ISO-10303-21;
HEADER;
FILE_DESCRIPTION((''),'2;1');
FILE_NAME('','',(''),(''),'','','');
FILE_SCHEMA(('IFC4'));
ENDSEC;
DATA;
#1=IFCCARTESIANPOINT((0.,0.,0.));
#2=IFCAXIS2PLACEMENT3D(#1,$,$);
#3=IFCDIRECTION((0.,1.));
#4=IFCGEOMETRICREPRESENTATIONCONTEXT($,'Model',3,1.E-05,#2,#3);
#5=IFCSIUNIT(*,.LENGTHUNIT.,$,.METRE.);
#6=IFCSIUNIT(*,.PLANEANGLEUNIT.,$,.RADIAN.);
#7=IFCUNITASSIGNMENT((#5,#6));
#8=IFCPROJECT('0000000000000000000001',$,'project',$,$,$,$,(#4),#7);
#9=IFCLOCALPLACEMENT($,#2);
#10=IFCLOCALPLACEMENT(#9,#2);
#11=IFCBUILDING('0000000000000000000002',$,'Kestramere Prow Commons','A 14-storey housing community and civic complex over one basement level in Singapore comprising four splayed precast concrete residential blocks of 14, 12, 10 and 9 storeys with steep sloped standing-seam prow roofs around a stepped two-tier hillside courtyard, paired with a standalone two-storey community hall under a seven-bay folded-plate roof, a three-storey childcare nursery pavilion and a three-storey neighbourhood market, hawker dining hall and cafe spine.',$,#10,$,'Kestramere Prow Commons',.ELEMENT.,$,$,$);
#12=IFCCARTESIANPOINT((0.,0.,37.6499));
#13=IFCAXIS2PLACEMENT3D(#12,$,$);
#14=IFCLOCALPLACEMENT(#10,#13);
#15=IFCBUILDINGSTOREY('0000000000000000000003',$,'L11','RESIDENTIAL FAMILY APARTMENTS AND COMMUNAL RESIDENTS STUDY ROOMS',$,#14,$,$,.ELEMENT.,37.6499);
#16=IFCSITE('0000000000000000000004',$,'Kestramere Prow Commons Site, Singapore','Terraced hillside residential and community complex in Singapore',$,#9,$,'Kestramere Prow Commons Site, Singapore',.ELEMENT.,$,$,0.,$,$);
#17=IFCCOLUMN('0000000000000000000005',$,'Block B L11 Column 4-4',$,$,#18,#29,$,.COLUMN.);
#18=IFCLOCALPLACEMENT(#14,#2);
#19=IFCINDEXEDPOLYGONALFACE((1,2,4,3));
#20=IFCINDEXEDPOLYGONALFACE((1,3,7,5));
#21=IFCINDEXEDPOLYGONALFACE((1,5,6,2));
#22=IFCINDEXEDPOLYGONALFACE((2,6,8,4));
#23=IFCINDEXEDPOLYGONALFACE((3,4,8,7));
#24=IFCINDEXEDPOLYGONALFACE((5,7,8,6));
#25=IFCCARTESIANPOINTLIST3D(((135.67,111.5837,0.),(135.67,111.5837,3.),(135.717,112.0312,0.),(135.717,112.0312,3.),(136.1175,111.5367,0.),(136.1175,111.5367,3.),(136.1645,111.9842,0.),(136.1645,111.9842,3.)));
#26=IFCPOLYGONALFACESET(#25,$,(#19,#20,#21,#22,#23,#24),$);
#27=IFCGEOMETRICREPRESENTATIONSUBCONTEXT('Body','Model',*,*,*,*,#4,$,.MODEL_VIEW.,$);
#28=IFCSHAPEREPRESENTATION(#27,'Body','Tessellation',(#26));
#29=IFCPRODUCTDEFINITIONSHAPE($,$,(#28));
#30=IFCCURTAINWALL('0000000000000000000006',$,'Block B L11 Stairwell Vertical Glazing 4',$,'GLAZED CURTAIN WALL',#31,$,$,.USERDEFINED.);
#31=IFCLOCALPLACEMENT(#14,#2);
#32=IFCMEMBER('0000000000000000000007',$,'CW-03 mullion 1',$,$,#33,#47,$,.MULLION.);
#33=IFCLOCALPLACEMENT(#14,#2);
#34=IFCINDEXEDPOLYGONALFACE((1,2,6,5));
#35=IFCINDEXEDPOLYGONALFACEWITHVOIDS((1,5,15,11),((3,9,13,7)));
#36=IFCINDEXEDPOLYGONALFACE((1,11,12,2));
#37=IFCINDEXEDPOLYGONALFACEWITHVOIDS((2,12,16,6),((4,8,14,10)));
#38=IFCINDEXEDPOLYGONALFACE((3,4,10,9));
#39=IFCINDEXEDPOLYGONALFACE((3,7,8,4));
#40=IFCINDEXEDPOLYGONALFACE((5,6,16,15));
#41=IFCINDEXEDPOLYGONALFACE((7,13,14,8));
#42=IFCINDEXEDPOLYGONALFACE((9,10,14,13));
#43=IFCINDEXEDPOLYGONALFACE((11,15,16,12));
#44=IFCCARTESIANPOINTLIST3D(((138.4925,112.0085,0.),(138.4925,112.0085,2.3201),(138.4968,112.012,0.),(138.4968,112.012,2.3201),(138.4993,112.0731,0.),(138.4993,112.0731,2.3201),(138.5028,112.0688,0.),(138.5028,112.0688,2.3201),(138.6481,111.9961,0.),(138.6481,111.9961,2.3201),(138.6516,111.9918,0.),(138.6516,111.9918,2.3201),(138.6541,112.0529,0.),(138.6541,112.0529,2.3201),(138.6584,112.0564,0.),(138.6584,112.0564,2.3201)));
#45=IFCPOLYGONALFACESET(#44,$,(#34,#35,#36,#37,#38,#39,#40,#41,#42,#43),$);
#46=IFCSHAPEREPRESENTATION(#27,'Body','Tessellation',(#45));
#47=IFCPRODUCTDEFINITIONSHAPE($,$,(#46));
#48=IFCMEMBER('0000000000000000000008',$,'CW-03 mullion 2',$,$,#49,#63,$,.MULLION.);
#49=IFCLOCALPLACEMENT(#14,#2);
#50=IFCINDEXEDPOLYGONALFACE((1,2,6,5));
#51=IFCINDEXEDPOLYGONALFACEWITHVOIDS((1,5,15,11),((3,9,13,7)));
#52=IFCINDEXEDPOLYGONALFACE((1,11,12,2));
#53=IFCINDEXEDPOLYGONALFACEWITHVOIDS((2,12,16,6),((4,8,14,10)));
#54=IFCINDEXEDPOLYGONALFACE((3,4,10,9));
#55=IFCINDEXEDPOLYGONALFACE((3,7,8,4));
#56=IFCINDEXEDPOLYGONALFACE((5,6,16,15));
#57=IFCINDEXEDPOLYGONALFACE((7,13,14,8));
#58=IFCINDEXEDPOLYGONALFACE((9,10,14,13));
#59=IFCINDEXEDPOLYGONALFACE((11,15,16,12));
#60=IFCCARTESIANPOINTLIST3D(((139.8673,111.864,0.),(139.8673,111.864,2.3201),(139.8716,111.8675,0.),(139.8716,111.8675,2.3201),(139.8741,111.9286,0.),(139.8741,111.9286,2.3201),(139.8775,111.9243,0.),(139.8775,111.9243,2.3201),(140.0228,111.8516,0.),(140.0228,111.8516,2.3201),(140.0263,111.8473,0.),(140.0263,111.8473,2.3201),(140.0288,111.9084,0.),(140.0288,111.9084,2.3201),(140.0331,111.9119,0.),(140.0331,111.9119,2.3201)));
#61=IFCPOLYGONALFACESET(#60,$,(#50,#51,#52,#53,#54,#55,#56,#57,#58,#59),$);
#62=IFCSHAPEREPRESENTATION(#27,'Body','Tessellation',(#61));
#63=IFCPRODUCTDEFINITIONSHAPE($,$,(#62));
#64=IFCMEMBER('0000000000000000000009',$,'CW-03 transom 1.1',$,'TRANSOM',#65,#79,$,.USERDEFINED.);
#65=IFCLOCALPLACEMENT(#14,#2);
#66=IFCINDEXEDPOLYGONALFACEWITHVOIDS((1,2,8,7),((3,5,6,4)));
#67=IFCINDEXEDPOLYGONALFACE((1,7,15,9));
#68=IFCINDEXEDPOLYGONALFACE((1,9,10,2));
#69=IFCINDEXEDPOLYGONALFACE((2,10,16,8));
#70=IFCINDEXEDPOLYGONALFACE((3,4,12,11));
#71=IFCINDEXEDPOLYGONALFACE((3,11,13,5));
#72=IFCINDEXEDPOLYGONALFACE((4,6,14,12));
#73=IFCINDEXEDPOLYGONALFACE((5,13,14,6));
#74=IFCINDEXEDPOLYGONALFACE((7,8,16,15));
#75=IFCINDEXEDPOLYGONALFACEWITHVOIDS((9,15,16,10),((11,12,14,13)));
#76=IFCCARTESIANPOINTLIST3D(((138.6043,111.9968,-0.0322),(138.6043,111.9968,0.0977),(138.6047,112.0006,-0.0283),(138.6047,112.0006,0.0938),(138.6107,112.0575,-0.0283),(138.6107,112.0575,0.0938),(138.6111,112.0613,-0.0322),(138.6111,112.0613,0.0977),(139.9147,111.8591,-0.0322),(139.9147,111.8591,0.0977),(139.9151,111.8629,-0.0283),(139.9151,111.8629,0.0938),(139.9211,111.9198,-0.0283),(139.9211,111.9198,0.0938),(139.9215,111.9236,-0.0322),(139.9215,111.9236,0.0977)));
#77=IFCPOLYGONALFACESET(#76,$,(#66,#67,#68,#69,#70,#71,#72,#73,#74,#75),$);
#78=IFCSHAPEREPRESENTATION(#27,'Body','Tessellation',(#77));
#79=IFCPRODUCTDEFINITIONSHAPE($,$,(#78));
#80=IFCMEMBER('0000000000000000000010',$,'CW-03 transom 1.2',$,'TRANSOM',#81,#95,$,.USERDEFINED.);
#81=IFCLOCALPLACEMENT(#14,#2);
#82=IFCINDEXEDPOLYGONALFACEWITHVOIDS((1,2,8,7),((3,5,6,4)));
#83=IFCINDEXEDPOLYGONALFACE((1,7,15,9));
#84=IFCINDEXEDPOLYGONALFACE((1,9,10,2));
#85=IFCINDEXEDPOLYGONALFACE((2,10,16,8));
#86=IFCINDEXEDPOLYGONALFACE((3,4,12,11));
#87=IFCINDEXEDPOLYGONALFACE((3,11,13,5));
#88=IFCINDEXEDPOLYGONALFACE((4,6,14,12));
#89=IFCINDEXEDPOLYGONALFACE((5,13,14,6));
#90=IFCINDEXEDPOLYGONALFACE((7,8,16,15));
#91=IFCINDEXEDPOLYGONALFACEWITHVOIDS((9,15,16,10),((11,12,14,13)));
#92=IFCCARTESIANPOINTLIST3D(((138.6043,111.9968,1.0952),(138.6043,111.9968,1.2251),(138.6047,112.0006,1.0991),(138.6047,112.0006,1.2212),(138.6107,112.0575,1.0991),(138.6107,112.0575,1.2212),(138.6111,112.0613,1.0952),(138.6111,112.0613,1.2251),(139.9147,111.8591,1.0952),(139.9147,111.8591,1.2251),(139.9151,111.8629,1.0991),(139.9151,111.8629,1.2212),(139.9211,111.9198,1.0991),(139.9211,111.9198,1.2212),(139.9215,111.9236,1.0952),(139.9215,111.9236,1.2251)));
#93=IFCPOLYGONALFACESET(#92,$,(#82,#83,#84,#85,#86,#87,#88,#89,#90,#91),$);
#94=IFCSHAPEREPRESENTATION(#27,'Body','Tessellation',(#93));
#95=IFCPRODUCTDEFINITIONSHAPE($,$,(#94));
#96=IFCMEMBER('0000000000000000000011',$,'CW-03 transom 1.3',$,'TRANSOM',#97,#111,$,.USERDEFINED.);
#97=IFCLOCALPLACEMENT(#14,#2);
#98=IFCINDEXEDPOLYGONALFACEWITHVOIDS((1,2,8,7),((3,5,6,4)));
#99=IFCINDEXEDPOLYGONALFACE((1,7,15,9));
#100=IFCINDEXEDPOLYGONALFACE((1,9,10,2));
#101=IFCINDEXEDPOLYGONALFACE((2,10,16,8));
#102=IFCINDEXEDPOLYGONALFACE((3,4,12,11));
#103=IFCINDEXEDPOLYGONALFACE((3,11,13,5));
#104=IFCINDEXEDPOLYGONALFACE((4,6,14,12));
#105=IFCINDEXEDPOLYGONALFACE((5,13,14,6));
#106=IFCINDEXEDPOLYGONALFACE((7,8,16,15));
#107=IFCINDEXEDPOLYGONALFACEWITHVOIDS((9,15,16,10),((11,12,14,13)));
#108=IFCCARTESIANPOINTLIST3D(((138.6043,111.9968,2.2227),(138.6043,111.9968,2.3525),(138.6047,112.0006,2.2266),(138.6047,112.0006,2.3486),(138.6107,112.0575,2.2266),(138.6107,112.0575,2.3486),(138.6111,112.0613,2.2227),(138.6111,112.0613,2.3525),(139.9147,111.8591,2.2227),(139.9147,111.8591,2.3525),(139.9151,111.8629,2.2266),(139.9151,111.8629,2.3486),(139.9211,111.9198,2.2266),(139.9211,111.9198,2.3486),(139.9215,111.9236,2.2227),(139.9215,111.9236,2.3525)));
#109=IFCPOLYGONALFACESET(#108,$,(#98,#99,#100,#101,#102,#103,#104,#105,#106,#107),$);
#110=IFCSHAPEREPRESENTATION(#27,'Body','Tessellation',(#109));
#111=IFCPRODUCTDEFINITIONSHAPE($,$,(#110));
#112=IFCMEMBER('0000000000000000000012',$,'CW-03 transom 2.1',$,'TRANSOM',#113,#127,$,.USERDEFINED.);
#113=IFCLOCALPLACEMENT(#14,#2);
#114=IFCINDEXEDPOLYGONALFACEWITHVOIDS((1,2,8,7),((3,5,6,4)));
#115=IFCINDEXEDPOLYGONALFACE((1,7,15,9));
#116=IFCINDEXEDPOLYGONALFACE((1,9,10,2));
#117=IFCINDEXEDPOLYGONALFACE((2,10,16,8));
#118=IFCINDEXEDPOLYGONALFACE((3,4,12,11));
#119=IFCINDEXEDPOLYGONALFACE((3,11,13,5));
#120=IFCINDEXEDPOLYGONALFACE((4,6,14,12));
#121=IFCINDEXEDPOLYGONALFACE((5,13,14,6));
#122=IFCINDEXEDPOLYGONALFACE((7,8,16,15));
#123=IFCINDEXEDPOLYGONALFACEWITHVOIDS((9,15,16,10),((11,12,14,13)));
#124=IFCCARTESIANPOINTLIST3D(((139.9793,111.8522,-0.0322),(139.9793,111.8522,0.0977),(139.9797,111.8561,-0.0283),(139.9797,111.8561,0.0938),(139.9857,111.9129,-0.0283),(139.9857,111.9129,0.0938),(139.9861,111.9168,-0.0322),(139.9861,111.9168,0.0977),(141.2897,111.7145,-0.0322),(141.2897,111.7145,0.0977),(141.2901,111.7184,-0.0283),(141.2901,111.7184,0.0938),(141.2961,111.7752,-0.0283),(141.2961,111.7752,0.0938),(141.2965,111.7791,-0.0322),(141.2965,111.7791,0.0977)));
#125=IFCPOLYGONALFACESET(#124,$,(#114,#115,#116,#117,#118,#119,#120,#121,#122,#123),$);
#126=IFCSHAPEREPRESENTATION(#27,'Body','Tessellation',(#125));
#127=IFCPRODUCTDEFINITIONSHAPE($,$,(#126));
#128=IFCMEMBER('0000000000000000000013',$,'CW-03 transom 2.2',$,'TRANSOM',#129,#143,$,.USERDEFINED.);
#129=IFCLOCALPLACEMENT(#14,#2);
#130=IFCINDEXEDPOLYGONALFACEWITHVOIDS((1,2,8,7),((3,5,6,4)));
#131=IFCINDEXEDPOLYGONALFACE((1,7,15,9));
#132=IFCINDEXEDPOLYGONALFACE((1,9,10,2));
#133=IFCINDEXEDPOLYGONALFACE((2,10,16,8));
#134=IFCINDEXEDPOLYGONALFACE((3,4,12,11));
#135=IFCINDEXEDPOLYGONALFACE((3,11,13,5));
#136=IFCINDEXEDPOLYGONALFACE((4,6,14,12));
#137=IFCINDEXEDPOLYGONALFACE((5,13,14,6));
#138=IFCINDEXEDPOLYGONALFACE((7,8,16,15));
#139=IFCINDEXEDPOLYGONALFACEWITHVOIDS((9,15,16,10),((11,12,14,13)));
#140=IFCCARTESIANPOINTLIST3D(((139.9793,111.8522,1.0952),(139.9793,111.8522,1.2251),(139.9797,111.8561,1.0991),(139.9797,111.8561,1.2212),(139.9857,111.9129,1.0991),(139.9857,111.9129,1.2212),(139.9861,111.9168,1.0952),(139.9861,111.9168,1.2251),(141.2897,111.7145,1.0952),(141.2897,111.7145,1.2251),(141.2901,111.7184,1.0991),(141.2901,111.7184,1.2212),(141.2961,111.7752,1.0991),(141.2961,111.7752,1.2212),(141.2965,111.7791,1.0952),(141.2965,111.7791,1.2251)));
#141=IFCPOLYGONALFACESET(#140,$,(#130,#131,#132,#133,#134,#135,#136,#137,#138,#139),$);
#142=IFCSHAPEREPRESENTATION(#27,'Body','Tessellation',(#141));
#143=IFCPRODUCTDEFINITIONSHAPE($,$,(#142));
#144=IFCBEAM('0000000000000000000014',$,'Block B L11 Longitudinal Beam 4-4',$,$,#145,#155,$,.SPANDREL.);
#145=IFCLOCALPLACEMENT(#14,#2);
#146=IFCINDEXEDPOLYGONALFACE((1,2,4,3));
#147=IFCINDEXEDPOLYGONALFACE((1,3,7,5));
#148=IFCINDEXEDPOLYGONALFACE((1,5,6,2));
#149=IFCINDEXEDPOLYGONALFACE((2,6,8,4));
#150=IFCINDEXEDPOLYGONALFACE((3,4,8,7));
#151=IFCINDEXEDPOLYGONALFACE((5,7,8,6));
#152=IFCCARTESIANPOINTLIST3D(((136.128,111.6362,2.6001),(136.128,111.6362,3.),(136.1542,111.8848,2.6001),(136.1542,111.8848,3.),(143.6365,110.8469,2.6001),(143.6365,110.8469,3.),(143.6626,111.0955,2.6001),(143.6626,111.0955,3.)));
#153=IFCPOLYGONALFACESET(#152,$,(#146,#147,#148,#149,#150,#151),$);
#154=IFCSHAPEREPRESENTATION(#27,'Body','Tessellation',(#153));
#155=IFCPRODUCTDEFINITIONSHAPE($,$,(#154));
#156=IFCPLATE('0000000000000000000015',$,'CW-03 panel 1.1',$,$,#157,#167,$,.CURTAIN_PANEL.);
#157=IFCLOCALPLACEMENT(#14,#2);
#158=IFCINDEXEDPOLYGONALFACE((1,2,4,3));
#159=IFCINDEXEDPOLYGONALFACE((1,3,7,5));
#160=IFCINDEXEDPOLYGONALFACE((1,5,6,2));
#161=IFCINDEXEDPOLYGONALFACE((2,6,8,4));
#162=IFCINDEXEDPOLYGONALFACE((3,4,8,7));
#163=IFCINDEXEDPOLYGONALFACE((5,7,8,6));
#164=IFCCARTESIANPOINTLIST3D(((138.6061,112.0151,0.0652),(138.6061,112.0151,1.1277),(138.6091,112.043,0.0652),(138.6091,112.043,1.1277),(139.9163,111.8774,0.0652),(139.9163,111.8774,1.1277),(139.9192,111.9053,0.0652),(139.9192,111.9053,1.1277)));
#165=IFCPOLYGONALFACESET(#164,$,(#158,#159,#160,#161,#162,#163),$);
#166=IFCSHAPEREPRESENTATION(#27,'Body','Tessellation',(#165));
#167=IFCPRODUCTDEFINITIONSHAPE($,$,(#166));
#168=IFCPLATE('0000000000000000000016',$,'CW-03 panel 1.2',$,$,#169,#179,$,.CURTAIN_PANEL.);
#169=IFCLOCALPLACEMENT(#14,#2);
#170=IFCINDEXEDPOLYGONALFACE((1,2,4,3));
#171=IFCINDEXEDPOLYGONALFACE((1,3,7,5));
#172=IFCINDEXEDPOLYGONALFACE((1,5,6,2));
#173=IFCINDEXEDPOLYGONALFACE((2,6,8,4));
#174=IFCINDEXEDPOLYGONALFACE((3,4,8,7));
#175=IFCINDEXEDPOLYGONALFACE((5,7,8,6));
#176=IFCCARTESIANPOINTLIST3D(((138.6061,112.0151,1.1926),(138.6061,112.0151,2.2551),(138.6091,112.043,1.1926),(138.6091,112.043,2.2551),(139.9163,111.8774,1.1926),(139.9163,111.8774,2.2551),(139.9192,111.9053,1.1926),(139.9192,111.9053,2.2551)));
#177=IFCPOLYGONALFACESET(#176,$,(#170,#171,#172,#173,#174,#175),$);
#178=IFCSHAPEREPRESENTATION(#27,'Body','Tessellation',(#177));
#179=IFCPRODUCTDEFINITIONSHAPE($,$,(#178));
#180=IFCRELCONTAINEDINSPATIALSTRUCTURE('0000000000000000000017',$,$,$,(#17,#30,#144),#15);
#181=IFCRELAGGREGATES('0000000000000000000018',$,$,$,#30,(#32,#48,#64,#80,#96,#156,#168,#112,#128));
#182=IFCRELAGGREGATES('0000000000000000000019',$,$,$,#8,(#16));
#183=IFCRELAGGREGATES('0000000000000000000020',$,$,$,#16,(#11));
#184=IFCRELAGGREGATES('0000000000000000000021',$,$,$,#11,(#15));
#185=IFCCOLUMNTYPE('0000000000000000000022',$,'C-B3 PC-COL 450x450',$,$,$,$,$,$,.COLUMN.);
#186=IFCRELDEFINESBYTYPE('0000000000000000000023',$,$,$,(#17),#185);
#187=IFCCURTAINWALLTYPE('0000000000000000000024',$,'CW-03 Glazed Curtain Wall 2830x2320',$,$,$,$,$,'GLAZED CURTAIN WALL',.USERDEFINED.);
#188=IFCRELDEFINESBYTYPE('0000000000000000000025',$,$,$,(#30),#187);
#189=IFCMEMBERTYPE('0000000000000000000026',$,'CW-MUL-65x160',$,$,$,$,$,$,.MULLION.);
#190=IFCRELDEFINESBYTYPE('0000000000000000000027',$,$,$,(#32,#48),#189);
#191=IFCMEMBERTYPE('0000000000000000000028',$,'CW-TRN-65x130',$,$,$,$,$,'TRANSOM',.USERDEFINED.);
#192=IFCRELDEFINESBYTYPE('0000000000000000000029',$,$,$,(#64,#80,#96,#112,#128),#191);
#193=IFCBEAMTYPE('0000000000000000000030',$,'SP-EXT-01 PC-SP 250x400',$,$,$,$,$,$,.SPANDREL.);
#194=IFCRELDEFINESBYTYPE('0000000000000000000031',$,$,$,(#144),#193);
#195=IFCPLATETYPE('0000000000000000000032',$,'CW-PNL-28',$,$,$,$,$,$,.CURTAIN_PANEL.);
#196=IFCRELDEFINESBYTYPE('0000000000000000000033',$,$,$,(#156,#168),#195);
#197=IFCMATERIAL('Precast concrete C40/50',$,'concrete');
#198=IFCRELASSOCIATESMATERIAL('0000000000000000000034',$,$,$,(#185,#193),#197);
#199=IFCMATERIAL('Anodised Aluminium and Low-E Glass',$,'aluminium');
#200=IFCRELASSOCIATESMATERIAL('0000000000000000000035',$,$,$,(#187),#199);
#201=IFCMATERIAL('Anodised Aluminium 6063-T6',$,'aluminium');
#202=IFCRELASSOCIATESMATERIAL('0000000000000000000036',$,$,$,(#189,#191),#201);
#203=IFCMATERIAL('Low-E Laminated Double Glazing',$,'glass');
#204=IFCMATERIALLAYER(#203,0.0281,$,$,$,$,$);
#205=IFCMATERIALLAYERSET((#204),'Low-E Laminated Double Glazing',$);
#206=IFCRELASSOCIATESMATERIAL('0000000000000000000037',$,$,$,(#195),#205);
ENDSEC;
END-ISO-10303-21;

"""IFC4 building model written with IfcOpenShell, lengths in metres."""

from ifc_helpers import new_model, si_unit, direction, frame, origin, origin_2d, place, context, subcontext, project, spatial, rectangle, hollow_rectangle, extrude, material, layer, layer_set, material_profile, profile_set, type_object, element, aggregate, save


model = new_model("IFC4")

# Units and contexts
model_context = context("Model", 3, precision=1e-05, world=origin(), true_north=direction((0.0, 1.0)))
body_context = subcontext(model_context, "Body", "Model", "MODEL_VIEW")
ifc_project = project(units=[si_unit("LENGTHUNIT", "METRE"), si_unit("PLANEANGLEUNIT", "RADIAN")], contexts=[model_context])

# Site, building, storey
site_placement = place(None, origin())
site = spatial("IfcSite", under=ifc_project, at=site_placement, Name="Kestramere Prow Commons Site, Singapore", Description="Terraced hillside residential and community complex in Singapore", LongName="Kestramere Prow Commons Site, Singapore", CompositionType="ELEMENT", RefElevation=0.0)
building_placement = place(site_placement, origin())
building = spatial("IfcBuilding", under=site, at=building_placement, Name="Kestramere Prow Commons", Description="A 14-storey housing community and civic complex over one basement level in Singapore comprising four splayed precast concrete residential blocks of 14, 12, 10 and 9 storeys with steep sloped standing-seam prow roofs around a stepped two-tier hillside courtyard, paired with a standalone two-storey community hall under a seven-bay folded-plate roof, a three-storey childcare nursery pavilion and a three-storey neighbourhood market, hawker dining hall and cafe spine.", LongName="Kestramere Prow Commons", CompositionType="ELEMENT")
storey_placement = place(building_placement, frame((0.0, 0.0, 37.6499)))
storey = spatial("IfcBuildingStorey", under=building, at=storey_placement, Name="L11", Description="RESIDENTIAL FAMILY APARTMENTS AND COMMUNAL RESIDENTS STUDY ROOMS", CompositionType="ELEMENT", Elevation=37.6499)

# Column
ifc_material_1 = material(Name="Precast concrete C40/50", Category="concrete")
ifc_material_profile_1 = material_profile(ifc_material_1, rectangle(XDim=0.45, YDim=0.45, at=origin_2d()), Name="PC-COL 450x450")
ifc_profile_set_1 = profile_set([ifc_material_profile_1], Name="Precast concrete C40/50")
column_type = type_object("IfcColumnType", Name="C-B3 PC-COL 450x450", PredefinedType="COLUMN", material=ifc_profile_set_1)
column_placement = place(storey_placement, frame((135.9172, 111.7839, 0.0), z_axis=(0.0, 0.0, 1.0), x_axis=(0.994522, -0.104528, 0.0)))
element("IfcColumn", 1, at=column_placement, inside=storey, type_object=column_type, Name="Block B L11 Column 4-4", PredefinedType="COLUMN", context=body_context, shape_type="SweptSolid", body=[
    extrude(rectangle(XDim=0.45, YDim=0.45, at=origin_2d()), origin(), (0.0, 0.0, 1.0), 3.0),
])

# Curtain wall, members
ifc_material_2 = material(Name="Anodised Aluminium and Low-E Glass", Category="aluminium")
curtain_wall_type = type_object("IfcCurtainWallType", Name="CW-03 Glazed Curtain Wall 2830x2320", ElementType="GLAZED CURTAIN WALL", PredefinedType="USERDEFINED", material=ifc_material_2)
curtain_wall_placement = place(storey_placement, origin())
curtain_wall = element("IfcCurtainWall", 2, at=curtain_wall_placement, inside=storey, type_object=curtain_wall_type, Name="Block B L11 Stairwell Vertical Glazing 4", ObjectType="GLAZED CURTAIN WALL", PredefinedType="USERDEFINED")
ifc_material_3 = material(Name="Anodised Aluminium 6063-T6", Category="aluminium")
ifc_material_profile_2 = material_profile(ifc_material_3, hollow_rectangle(XDim=0.0649, YDim=0.1599, WallThickness=0.0039, at=origin_2d()), Name="ALU-MUL 65x160")
ifc_profile_set_2 = profile_set([ifc_material_profile_2], Name="Anodised Aluminium 6063-T6")
member_type_1 = type_object("IfcMemberType", Name="CW-MUL-65x160", PredefinedType="MULLION", material=ifc_profile_set_2)
member_1_placement = place(storey_placement, frame((138.5754, 112.0325, 0.0), z_axis=(0.0, 0.0, 1.0), x_axis=(0.104529, 0.994522, 0.0)))
member_1 = element("IfcMember", 3, at=member_1_placement, type_object=member_type_1, Name="CW-03 mullion 1", PredefinedType="MULLION", context=body_context, shape_type="SweptSolid", body=[
    extrude(hollow_rectangle(XDim=0.0649, YDim=0.1599, WallThickness=0.0039, at=origin_2d()), origin(), (0.0, 0.0, 1.0), 2.3201),
])
member_2_placement = place(storey_placement, frame((139.9502, 111.8879, 0.0), z_axis=(0.0, 0.0, 1.0), x_axis=(0.104529, 0.994522, 0.0)))
member_2 = element("IfcMember", 4, at=member_2_placement, type_object=member_type_1, Name="CW-03 mullion 2", PredefinedType="MULLION", context=body_context, shape_type="SweptSolid", body=[
    extrude(hollow_rectangle(XDim=0.0649, YDim=0.1599, WallThickness=0.0039, at=origin_2d()), origin(), (0.0, 0.0, 1.0), 2.3201),
])
ifc_material_profile_3 = material_profile(ifc_material_3, hollow_rectangle(XDim=0.0649, YDim=0.1299, WallThickness=0.0039, at=origin_2d()), Name="ALU-TRN 65x130")
ifc_profile_set_3 = profile_set([ifc_material_profile_3], Name="Anodised Aluminium 6063-T6")
member_type_2 = type_object("IfcMemberType", Name="CW-TRN-65x130", ElementType="TRANSOM", PredefinedType="USERDEFINED", material=ifc_profile_set_3)
member_3_placement = place(storey_placement, frame((138.6077, 112.0291, 0.0327), z_axis=(0.994524, -0.104511, 0.0), x_axis=(0.104511, 0.994524, 0.0)))
member_3 = element("IfcMember", 5, at=member_3_placement, type_object=member_type_2, Name="CW-03 transom 1.1", ObjectType="TRANSOM", PredefinedType="USERDEFINED", context=body_context, shape_type="SweptSolid", body=[
    extrude(hollow_rectangle(XDim=0.0649, YDim=0.1299, WallThickness=0.0039, at=origin_2d()), origin(), (0.0, 0.0, 1.0), 1.3176),
])
member_4_placement = place(storey_placement, frame((138.6077, 112.0291, 1.1602), z_axis=(0.994524, -0.104511, 0.0), x_axis=(0.104511, 0.994524, 0.0)))
member_4 = element("IfcMember", 6, at=member_4_placement, type_object=member_type_2, Name="CW-03 transom 1.2", ObjectType="TRANSOM", PredefinedType="USERDEFINED", context=body_context, shape_type="SweptSolid", body=[
    extrude(hollow_rectangle(XDim=0.0649, YDim=0.1299, WallThickness=0.0039, at=origin_2d()), origin(), (0.0, 0.0, 1.0), 1.3176),
])
member_5_placement = place(storey_placement, frame((138.6077, 112.0291, 2.2876), z_axis=(0.994524, -0.104511, 0.0), x_axis=(0.104511, 0.994524, 0.0)))
member_5 = element("IfcMember", 7, at=member_5_placement, type_object=member_type_2, Name="CW-03 transom 1.3", ObjectType="TRANSOM", PredefinedType="USERDEFINED", context=body_context, shape_type="SweptSolid", body=[
    extrude(hollow_rectangle(XDim=0.0649, YDim=0.1299, WallThickness=0.0039, at=origin_2d()), origin(), (0.0, 0.0, 1.0), 1.3176),
])
member_6_placement = place(storey_placement, frame((139.9827, 111.8845, 0.0327), z_axis=(0.994524, -0.104511, 0.0), x_axis=(0.104511, 0.994524, 0.0)))
member_6 = element("IfcMember", 8, at=member_6_placement, type_object=member_type_2, Name="CW-03 transom 2.1", ObjectType="TRANSOM", PredefinedType="USERDEFINED", context=body_context, shape_type="SweptSolid", body=[
    extrude(hollow_rectangle(XDim=0.0649, YDim=0.1299, WallThickness=0.0039, at=origin_2d()), origin(), (0.0, 0.0, 1.0), 1.3176),
])
member_7_placement = place(storey_placement, frame((139.9827, 111.8845, 1.1602), z_axis=(0.994524, -0.104511, 0.0), x_axis=(0.104511, 0.994524, 0.0)))
member_7 = element("IfcMember", 9, at=member_7_placement, type_object=member_type_2, Name="CW-03 transom 2.2", ObjectType="TRANSOM", PredefinedType="USERDEFINED", context=body_context, shape_type="SweptSolid", body=[
    extrude(hollow_rectangle(XDim=0.0649, YDim=0.1299, WallThickness=0.0039, at=origin_2d()), origin(), (0.0, 0.0, 1.0), 1.3176),
])

# Beam
ifc_material_profile_4 = material_profile(ifc_material_1, rectangle(XDim=0.25, YDim=0.3999, at=origin_2d()), Name="PC-SP 250x400")
ifc_profile_set_4 = profile_set([ifc_material_profile_4], Name="Precast concrete C40/50")
beam_type = type_object("IfcBeamType", Name="SP-EXT-01 PC-SP 250x400", PredefinedType="SPANDREL", material=ifc_profile_set_4)
beam_placement = place(storey_placement, frame((136.1411, 111.7605, 2.8), z_axis=(0.99452, -0.104545, 0.0), x_axis=(0.104545, 0.99452, 0.0)))
element("IfcBeam", 10, at=beam_placement, inside=storey, type_object=beam_type, Name="Block B L11 Longitudinal Beam 4-4", PredefinedType="SPANDREL", context=body_context, shape_type="SweptSolid", body=[
    extrude(rectangle(XDim=0.25, YDim=0.3999, at=origin_2d()), origin(), (0.0, 0.0, 1.0), 7.5498),
])

# Plates
ifc_material_4 = material(Name="Low-E Laminated Double Glazing", Category="glass")
ifc_layer_1 = layer(ifc_material_4, 0.0281)
ifc_layer_set_1 = layer_set([ifc_layer_1], Name="Low-E Laminated Double Glazing")
plate_type = type_object("IfcPlateType", Name="CW-PNL-28", PredefinedType="CURTAIN_PANEL", material=ifc_layer_set_1)
plate_1_placement = place(storey_placement, frame((139.2627, 111.9602, 0.0652), z_axis=(0.0, 0.0, 1.0), x_axis=(0.994522, -0.104529, 0.0)))
plate_1 = element("IfcPlate", 11, at=plate_1_placement, type_object=plate_type, Name="CW-03 panel 1.1", PredefinedType="CURTAIN_PANEL", context=body_context, shape_type="SweptSolid", body=[
    extrude(rectangle(XDim=1.3174, YDim=0.0281, at=origin_2d()), origin(), (0.0, 0.0, 1.0), 1.0625),
])
plate_2_placement = place(storey_placement, frame((139.2627, 111.9602, 1.1926), z_axis=(0.0, 0.0, 1.0), x_axis=(0.994522, -0.104529, 0.0)))
plate_2 = element("IfcPlate", 12, at=plate_2_placement, type_object=plate_type, Name="CW-03 panel 1.2", PredefinedType="CURTAIN_PANEL", context=body_context, shape_type="SweptSolid", body=[
    extrude(rectangle(XDim=1.3174, YDim=0.0281, at=origin_2d()), origin(), (0.0, 0.0, 1.0), 1.0625),
])
aggregate(curtain_wall, [member_1, member_2, member_3, member_4, member_5, plate_1, plate_2, member_6, member_7])

save(model, "model.ifc")
